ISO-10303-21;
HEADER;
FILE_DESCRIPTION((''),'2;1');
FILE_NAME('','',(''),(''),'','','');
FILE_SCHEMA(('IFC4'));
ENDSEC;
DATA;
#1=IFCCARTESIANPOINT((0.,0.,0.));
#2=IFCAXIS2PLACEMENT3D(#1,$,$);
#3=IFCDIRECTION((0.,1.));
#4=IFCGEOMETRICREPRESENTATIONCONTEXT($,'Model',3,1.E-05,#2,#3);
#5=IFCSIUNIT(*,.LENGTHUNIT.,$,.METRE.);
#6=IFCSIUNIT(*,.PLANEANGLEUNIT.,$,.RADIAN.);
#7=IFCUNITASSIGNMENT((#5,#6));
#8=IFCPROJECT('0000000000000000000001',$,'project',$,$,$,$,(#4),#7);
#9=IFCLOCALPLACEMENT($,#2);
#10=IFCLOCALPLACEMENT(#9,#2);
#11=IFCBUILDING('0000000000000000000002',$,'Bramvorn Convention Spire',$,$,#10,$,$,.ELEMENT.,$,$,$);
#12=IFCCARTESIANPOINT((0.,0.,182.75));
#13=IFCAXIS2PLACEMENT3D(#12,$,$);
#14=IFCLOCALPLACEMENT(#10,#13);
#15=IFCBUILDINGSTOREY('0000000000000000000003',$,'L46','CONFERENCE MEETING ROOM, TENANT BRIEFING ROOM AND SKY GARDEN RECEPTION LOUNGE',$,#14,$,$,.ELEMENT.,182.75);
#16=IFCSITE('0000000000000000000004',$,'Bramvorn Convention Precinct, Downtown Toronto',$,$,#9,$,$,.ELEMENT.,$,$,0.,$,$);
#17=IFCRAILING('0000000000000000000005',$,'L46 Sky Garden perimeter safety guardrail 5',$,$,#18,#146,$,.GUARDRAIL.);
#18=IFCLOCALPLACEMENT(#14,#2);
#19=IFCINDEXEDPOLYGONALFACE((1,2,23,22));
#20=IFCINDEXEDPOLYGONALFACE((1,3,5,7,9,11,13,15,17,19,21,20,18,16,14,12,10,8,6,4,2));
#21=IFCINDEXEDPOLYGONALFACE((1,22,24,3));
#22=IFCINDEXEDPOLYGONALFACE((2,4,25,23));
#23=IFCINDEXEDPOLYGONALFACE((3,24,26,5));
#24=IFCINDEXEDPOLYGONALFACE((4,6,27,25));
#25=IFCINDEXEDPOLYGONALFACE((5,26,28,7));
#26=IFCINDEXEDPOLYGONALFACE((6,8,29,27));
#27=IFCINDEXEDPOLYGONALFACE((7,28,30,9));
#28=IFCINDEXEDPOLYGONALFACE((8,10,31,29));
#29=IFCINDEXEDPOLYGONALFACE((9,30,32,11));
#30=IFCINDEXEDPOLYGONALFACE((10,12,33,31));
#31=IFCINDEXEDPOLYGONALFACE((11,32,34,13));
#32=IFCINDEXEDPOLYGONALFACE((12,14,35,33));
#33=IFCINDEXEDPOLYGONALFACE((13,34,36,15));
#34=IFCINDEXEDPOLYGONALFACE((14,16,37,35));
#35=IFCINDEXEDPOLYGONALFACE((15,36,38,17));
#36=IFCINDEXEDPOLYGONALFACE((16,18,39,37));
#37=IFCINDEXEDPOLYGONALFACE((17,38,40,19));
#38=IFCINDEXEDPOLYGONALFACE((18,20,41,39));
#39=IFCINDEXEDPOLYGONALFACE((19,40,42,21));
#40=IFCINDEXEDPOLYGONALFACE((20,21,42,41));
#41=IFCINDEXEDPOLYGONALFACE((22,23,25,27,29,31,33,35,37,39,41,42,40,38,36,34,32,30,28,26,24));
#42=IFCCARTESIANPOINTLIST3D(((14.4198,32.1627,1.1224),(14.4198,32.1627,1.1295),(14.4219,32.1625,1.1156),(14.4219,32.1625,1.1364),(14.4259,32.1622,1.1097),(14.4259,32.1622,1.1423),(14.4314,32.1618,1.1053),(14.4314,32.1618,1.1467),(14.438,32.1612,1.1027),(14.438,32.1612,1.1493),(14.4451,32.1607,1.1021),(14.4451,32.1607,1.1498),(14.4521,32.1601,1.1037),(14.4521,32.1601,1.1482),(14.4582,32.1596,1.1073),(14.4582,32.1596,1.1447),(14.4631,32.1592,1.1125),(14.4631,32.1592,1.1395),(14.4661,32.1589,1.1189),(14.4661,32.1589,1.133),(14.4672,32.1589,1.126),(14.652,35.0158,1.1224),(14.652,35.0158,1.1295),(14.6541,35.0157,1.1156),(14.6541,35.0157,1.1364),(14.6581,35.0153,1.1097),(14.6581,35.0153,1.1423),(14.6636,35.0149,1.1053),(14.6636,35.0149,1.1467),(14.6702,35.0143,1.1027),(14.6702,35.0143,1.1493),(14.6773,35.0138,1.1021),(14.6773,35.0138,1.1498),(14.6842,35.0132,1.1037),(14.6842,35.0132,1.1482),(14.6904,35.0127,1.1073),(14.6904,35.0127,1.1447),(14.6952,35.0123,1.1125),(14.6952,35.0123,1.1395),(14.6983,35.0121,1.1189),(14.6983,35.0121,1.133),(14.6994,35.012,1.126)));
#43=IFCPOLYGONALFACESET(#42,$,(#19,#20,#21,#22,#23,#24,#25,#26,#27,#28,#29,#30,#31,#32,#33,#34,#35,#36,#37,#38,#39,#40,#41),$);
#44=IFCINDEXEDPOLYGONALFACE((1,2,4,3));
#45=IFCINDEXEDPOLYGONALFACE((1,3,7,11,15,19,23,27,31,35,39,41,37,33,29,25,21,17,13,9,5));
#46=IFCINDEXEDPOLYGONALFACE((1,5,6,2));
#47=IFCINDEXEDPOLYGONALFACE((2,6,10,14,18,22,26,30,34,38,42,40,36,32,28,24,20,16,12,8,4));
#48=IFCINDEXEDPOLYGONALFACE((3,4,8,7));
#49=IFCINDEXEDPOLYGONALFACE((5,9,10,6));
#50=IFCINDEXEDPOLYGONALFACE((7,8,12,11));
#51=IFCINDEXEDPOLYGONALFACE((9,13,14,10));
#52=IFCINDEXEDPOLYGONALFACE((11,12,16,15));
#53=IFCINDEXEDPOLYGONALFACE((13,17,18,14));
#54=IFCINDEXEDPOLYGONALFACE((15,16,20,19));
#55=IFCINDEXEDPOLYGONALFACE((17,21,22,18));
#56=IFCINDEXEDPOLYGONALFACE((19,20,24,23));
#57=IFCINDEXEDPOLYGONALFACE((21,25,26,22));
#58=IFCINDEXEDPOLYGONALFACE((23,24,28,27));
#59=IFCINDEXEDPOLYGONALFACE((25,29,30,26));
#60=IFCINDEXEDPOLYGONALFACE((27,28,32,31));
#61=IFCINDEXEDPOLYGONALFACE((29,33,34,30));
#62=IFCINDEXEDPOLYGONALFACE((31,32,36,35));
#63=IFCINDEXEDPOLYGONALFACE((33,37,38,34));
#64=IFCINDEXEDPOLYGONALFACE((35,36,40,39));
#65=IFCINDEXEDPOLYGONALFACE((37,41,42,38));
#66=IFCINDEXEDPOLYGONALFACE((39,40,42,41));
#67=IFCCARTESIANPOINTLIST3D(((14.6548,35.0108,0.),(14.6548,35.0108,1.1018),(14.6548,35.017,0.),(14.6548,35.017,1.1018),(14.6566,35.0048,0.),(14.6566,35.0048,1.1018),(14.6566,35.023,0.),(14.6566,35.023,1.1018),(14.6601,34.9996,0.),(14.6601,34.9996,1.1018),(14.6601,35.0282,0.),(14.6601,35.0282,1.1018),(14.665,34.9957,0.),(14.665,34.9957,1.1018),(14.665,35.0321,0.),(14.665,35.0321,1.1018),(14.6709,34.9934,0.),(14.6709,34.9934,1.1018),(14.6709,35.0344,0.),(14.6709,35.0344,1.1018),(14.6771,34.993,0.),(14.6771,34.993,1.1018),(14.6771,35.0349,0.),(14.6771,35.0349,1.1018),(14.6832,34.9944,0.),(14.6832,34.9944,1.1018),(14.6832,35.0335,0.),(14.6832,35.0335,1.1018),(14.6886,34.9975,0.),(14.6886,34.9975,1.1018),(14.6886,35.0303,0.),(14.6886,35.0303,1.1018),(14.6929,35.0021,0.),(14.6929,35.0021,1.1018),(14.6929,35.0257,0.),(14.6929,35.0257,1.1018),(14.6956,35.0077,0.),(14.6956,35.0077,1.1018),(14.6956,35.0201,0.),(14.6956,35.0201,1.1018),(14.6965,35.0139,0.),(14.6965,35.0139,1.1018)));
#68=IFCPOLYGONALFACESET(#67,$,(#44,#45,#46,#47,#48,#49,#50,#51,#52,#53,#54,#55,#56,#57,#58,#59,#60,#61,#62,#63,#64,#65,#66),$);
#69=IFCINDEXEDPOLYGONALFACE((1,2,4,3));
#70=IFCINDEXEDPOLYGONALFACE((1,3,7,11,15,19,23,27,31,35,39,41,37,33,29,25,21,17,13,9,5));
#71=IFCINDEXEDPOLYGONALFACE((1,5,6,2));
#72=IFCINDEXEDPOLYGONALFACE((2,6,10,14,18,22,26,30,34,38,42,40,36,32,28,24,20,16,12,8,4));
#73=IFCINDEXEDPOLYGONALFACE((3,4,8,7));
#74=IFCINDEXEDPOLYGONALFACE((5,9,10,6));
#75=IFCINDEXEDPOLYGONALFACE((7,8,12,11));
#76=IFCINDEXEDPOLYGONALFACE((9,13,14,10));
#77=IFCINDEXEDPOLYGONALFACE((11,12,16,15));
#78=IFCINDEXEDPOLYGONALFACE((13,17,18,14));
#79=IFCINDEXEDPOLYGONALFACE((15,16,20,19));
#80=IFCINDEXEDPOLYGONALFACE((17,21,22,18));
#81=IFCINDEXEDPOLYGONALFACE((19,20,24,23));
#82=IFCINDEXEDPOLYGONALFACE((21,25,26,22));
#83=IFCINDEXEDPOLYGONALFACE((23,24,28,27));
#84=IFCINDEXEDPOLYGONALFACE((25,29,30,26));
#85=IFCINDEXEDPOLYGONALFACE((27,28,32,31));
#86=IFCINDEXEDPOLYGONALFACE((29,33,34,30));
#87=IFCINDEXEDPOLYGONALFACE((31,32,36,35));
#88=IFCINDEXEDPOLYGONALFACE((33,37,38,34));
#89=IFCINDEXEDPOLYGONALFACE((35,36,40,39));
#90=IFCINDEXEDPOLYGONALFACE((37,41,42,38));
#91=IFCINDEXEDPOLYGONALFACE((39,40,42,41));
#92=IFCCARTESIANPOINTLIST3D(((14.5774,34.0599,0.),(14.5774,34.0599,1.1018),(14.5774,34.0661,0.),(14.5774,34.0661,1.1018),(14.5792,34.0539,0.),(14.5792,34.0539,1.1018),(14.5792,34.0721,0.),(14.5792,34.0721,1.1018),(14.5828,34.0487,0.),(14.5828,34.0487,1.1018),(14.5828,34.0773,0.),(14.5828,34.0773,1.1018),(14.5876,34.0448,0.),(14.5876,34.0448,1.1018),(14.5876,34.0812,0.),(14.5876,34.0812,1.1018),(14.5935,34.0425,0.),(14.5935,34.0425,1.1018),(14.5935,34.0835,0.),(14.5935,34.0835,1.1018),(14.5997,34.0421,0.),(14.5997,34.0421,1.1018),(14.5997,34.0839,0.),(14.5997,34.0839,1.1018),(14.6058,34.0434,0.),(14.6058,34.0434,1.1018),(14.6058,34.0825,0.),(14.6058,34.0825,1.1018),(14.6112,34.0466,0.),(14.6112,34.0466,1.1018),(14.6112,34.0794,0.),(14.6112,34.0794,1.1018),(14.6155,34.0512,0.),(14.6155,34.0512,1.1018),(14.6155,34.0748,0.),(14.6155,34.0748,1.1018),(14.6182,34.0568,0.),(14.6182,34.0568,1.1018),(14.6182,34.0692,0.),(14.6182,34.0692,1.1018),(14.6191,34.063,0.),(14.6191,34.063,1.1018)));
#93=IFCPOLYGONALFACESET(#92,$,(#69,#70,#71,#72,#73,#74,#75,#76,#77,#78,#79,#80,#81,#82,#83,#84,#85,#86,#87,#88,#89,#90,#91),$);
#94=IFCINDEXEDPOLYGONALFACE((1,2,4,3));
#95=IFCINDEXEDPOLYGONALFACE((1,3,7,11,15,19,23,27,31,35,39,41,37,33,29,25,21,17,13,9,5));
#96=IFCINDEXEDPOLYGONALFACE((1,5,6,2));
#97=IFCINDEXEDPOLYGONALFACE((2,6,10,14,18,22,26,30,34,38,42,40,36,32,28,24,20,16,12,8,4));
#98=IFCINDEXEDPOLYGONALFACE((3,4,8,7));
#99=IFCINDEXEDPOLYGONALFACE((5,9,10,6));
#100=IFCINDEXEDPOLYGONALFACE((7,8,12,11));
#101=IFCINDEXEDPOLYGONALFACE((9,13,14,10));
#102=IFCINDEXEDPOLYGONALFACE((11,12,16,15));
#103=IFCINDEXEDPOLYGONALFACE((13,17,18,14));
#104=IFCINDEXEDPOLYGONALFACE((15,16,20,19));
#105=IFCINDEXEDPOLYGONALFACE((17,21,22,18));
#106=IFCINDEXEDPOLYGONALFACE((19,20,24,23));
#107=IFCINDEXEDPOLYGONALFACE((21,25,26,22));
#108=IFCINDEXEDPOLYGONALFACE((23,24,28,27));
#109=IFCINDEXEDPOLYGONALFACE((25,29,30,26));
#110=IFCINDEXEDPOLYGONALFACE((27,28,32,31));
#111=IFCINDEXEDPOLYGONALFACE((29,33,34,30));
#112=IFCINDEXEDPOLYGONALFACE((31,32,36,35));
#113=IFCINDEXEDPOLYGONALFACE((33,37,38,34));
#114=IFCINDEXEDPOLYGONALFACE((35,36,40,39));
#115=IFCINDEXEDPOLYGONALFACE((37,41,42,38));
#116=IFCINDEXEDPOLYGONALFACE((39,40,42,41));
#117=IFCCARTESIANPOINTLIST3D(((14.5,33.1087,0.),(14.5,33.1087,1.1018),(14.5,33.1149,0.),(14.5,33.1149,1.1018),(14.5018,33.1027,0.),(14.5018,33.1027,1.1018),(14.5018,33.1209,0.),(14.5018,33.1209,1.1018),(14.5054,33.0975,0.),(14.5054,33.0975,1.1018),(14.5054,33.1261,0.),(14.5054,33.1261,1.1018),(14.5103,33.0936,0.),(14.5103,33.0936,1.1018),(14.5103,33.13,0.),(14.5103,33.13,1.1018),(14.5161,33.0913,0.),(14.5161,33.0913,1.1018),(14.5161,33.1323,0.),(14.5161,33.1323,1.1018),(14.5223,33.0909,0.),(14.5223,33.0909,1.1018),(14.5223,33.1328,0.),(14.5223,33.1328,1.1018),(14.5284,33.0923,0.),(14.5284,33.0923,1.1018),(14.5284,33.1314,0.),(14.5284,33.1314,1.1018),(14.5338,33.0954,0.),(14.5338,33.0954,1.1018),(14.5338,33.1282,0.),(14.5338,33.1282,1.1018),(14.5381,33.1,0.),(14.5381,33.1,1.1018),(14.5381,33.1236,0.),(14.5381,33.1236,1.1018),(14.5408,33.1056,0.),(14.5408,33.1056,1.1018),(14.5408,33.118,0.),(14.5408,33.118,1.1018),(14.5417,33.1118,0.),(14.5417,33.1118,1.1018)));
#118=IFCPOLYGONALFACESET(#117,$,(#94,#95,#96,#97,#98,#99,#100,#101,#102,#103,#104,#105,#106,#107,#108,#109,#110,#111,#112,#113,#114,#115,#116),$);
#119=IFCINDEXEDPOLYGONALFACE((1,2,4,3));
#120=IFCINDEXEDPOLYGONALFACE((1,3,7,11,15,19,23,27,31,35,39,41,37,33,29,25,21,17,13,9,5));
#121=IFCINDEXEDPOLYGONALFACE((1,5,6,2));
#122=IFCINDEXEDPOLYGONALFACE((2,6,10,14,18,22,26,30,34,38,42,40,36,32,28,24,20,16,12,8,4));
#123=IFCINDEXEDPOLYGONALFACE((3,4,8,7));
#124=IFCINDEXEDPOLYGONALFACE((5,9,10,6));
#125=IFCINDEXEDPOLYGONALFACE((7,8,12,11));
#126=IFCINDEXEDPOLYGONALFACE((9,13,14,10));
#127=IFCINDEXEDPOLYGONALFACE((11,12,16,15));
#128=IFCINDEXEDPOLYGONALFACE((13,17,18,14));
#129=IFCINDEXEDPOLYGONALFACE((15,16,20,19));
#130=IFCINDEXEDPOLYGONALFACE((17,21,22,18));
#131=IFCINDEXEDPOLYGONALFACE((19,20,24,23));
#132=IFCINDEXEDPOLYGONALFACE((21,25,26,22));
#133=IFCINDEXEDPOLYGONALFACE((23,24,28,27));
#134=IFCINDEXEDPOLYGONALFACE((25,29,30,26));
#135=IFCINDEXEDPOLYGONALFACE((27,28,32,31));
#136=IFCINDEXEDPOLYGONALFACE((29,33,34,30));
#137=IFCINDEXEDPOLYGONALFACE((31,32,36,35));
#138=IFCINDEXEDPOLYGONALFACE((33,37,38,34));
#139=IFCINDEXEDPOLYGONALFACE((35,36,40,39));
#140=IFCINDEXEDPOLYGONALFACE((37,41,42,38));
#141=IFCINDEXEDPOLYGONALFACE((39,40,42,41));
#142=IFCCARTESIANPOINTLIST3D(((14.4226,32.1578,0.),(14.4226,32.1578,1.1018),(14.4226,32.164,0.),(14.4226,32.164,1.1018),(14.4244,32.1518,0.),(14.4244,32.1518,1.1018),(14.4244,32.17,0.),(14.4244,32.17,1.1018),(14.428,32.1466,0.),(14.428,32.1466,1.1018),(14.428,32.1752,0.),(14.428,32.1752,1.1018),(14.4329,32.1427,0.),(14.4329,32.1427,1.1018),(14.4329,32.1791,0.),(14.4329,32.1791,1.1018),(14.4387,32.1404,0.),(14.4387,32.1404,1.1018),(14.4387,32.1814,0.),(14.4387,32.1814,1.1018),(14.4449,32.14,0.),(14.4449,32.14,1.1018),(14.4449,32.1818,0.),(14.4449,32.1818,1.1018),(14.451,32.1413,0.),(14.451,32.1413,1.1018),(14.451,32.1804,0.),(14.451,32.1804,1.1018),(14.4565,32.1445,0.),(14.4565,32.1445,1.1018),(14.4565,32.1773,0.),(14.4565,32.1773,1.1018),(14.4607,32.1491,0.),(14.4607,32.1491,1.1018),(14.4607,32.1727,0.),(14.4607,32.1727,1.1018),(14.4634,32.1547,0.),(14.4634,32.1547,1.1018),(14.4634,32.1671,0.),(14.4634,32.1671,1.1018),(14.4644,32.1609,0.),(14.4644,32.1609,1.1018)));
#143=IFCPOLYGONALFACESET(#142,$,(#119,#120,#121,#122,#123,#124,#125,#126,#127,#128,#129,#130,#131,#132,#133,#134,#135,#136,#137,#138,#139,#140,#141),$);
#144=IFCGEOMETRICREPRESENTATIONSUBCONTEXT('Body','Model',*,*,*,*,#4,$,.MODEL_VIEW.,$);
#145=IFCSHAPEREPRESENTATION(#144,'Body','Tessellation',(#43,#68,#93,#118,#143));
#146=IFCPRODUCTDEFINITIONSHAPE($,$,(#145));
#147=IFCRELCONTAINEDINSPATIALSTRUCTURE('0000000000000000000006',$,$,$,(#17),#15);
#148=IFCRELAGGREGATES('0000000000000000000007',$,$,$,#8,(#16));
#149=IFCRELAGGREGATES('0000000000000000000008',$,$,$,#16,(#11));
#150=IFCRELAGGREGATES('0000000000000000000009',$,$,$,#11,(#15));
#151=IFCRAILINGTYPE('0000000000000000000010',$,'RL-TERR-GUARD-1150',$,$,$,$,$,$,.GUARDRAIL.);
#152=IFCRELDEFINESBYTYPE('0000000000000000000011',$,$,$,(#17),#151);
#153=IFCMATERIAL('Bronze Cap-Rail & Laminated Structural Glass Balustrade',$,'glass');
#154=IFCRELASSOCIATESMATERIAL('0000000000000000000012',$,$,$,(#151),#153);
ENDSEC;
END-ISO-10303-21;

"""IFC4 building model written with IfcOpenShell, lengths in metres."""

from ifc_helpers import new_model, si_unit, direction, frame, origin, origin_2d, place, context, subcontext, project, spatial, circle, extrude, material, type_object, element, save


model = new_model("IFC4")

# Units and contexts
model_context = context("Model", 3, precision=1e-05, world=origin(), true_north=direction((0.0, 1.0)))
body_context = subcontext(model_context, "Body", "Model", "MODEL_VIEW")
ifc_project = project(units=[si_unit("LENGTHUNIT", "METRE"), si_unit("PLANEANGLEUNIT", "RADIAN")], contexts=[model_context])

# Site, building, storey
site_placement = place(None, origin())
site = spatial("IfcSite", under=ifc_project, at=site_placement, Name="Bramvorn Convention Precinct, Downtown Toronto", CompositionType="ELEMENT", RefElevation=0.0)
building_placement = place(site_placement, origin())
building = spatial("IfcBuilding", under=site, at=building_placement, Name="Bramvorn Convention Spire", CompositionType="ELEMENT")
storey_placement = place(building_placement, frame((0.0, 0.0, 182.75)))
storey = spatial("IfcBuildingStorey", under=building, at=storey_placement, Name="L46", Description="CONFERENCE MEETING ROOM, TENANT BRIEFING ROOM AND SKY GARDEN RECEPTION LOUNGE", CompositionType="ELEMENT", Elevation=182.75)

# Railing
ifc_material_1 = material(Name="Bronze Cap-Rail & Laminated Structural Glass Balustrade", Category="glass")
railing_type = type_object("IfcRailingType", Name="RL-TERR-GUARD-1150", PredefinedType="GUARDRAIL", material=ifc_material_1)
railing_1_placement = place(storey_placement, frame((14.6755, 35.0139, 0.0)))
element("IfcRailing", 1, at=railing_1_placement, inside=storey, type_object=railing_type, Name="L46 Sky Garden perimeter safety guardrail 5", PredefinedType="GUARDRAIL", context=body_context, shape_type="SweptSolid", body=[
    extrude(circle(Radius=0.0239, at=origin_2d()), frame((0.0, 0.0, 1.126), z_axis=(-0.081111, -0.996705, 0.0), x_axis=(0.996705, -0.081111, 0.0)), (0.0, 0.0, 1.0), 2.8625),
    extrude(circle(Radius=0.021, at=origin_2d()), origin(), (0.0, 0.0, 1.0), 1.1018),
    extrude(circle(Radius=0.021, at=origin_2d()), frame((-0.0774, -0.9509, 0.0)), (0.0, 0.0, 1.0), 1.1018),
    extrude(circle(Radius=0.021, at=origin_2d()), frame((-0.1548, -1.9021, 0.0)), (0.0, 0.0, 1.0), 1.1018),
    extrude(circle(Radius=0.021, at=origin_2d()), frame((-0.2322, -2.853, 0.0)), (0.0, 0.0, 1.0), 1.1018),
])

save(model, "model.ifc")
